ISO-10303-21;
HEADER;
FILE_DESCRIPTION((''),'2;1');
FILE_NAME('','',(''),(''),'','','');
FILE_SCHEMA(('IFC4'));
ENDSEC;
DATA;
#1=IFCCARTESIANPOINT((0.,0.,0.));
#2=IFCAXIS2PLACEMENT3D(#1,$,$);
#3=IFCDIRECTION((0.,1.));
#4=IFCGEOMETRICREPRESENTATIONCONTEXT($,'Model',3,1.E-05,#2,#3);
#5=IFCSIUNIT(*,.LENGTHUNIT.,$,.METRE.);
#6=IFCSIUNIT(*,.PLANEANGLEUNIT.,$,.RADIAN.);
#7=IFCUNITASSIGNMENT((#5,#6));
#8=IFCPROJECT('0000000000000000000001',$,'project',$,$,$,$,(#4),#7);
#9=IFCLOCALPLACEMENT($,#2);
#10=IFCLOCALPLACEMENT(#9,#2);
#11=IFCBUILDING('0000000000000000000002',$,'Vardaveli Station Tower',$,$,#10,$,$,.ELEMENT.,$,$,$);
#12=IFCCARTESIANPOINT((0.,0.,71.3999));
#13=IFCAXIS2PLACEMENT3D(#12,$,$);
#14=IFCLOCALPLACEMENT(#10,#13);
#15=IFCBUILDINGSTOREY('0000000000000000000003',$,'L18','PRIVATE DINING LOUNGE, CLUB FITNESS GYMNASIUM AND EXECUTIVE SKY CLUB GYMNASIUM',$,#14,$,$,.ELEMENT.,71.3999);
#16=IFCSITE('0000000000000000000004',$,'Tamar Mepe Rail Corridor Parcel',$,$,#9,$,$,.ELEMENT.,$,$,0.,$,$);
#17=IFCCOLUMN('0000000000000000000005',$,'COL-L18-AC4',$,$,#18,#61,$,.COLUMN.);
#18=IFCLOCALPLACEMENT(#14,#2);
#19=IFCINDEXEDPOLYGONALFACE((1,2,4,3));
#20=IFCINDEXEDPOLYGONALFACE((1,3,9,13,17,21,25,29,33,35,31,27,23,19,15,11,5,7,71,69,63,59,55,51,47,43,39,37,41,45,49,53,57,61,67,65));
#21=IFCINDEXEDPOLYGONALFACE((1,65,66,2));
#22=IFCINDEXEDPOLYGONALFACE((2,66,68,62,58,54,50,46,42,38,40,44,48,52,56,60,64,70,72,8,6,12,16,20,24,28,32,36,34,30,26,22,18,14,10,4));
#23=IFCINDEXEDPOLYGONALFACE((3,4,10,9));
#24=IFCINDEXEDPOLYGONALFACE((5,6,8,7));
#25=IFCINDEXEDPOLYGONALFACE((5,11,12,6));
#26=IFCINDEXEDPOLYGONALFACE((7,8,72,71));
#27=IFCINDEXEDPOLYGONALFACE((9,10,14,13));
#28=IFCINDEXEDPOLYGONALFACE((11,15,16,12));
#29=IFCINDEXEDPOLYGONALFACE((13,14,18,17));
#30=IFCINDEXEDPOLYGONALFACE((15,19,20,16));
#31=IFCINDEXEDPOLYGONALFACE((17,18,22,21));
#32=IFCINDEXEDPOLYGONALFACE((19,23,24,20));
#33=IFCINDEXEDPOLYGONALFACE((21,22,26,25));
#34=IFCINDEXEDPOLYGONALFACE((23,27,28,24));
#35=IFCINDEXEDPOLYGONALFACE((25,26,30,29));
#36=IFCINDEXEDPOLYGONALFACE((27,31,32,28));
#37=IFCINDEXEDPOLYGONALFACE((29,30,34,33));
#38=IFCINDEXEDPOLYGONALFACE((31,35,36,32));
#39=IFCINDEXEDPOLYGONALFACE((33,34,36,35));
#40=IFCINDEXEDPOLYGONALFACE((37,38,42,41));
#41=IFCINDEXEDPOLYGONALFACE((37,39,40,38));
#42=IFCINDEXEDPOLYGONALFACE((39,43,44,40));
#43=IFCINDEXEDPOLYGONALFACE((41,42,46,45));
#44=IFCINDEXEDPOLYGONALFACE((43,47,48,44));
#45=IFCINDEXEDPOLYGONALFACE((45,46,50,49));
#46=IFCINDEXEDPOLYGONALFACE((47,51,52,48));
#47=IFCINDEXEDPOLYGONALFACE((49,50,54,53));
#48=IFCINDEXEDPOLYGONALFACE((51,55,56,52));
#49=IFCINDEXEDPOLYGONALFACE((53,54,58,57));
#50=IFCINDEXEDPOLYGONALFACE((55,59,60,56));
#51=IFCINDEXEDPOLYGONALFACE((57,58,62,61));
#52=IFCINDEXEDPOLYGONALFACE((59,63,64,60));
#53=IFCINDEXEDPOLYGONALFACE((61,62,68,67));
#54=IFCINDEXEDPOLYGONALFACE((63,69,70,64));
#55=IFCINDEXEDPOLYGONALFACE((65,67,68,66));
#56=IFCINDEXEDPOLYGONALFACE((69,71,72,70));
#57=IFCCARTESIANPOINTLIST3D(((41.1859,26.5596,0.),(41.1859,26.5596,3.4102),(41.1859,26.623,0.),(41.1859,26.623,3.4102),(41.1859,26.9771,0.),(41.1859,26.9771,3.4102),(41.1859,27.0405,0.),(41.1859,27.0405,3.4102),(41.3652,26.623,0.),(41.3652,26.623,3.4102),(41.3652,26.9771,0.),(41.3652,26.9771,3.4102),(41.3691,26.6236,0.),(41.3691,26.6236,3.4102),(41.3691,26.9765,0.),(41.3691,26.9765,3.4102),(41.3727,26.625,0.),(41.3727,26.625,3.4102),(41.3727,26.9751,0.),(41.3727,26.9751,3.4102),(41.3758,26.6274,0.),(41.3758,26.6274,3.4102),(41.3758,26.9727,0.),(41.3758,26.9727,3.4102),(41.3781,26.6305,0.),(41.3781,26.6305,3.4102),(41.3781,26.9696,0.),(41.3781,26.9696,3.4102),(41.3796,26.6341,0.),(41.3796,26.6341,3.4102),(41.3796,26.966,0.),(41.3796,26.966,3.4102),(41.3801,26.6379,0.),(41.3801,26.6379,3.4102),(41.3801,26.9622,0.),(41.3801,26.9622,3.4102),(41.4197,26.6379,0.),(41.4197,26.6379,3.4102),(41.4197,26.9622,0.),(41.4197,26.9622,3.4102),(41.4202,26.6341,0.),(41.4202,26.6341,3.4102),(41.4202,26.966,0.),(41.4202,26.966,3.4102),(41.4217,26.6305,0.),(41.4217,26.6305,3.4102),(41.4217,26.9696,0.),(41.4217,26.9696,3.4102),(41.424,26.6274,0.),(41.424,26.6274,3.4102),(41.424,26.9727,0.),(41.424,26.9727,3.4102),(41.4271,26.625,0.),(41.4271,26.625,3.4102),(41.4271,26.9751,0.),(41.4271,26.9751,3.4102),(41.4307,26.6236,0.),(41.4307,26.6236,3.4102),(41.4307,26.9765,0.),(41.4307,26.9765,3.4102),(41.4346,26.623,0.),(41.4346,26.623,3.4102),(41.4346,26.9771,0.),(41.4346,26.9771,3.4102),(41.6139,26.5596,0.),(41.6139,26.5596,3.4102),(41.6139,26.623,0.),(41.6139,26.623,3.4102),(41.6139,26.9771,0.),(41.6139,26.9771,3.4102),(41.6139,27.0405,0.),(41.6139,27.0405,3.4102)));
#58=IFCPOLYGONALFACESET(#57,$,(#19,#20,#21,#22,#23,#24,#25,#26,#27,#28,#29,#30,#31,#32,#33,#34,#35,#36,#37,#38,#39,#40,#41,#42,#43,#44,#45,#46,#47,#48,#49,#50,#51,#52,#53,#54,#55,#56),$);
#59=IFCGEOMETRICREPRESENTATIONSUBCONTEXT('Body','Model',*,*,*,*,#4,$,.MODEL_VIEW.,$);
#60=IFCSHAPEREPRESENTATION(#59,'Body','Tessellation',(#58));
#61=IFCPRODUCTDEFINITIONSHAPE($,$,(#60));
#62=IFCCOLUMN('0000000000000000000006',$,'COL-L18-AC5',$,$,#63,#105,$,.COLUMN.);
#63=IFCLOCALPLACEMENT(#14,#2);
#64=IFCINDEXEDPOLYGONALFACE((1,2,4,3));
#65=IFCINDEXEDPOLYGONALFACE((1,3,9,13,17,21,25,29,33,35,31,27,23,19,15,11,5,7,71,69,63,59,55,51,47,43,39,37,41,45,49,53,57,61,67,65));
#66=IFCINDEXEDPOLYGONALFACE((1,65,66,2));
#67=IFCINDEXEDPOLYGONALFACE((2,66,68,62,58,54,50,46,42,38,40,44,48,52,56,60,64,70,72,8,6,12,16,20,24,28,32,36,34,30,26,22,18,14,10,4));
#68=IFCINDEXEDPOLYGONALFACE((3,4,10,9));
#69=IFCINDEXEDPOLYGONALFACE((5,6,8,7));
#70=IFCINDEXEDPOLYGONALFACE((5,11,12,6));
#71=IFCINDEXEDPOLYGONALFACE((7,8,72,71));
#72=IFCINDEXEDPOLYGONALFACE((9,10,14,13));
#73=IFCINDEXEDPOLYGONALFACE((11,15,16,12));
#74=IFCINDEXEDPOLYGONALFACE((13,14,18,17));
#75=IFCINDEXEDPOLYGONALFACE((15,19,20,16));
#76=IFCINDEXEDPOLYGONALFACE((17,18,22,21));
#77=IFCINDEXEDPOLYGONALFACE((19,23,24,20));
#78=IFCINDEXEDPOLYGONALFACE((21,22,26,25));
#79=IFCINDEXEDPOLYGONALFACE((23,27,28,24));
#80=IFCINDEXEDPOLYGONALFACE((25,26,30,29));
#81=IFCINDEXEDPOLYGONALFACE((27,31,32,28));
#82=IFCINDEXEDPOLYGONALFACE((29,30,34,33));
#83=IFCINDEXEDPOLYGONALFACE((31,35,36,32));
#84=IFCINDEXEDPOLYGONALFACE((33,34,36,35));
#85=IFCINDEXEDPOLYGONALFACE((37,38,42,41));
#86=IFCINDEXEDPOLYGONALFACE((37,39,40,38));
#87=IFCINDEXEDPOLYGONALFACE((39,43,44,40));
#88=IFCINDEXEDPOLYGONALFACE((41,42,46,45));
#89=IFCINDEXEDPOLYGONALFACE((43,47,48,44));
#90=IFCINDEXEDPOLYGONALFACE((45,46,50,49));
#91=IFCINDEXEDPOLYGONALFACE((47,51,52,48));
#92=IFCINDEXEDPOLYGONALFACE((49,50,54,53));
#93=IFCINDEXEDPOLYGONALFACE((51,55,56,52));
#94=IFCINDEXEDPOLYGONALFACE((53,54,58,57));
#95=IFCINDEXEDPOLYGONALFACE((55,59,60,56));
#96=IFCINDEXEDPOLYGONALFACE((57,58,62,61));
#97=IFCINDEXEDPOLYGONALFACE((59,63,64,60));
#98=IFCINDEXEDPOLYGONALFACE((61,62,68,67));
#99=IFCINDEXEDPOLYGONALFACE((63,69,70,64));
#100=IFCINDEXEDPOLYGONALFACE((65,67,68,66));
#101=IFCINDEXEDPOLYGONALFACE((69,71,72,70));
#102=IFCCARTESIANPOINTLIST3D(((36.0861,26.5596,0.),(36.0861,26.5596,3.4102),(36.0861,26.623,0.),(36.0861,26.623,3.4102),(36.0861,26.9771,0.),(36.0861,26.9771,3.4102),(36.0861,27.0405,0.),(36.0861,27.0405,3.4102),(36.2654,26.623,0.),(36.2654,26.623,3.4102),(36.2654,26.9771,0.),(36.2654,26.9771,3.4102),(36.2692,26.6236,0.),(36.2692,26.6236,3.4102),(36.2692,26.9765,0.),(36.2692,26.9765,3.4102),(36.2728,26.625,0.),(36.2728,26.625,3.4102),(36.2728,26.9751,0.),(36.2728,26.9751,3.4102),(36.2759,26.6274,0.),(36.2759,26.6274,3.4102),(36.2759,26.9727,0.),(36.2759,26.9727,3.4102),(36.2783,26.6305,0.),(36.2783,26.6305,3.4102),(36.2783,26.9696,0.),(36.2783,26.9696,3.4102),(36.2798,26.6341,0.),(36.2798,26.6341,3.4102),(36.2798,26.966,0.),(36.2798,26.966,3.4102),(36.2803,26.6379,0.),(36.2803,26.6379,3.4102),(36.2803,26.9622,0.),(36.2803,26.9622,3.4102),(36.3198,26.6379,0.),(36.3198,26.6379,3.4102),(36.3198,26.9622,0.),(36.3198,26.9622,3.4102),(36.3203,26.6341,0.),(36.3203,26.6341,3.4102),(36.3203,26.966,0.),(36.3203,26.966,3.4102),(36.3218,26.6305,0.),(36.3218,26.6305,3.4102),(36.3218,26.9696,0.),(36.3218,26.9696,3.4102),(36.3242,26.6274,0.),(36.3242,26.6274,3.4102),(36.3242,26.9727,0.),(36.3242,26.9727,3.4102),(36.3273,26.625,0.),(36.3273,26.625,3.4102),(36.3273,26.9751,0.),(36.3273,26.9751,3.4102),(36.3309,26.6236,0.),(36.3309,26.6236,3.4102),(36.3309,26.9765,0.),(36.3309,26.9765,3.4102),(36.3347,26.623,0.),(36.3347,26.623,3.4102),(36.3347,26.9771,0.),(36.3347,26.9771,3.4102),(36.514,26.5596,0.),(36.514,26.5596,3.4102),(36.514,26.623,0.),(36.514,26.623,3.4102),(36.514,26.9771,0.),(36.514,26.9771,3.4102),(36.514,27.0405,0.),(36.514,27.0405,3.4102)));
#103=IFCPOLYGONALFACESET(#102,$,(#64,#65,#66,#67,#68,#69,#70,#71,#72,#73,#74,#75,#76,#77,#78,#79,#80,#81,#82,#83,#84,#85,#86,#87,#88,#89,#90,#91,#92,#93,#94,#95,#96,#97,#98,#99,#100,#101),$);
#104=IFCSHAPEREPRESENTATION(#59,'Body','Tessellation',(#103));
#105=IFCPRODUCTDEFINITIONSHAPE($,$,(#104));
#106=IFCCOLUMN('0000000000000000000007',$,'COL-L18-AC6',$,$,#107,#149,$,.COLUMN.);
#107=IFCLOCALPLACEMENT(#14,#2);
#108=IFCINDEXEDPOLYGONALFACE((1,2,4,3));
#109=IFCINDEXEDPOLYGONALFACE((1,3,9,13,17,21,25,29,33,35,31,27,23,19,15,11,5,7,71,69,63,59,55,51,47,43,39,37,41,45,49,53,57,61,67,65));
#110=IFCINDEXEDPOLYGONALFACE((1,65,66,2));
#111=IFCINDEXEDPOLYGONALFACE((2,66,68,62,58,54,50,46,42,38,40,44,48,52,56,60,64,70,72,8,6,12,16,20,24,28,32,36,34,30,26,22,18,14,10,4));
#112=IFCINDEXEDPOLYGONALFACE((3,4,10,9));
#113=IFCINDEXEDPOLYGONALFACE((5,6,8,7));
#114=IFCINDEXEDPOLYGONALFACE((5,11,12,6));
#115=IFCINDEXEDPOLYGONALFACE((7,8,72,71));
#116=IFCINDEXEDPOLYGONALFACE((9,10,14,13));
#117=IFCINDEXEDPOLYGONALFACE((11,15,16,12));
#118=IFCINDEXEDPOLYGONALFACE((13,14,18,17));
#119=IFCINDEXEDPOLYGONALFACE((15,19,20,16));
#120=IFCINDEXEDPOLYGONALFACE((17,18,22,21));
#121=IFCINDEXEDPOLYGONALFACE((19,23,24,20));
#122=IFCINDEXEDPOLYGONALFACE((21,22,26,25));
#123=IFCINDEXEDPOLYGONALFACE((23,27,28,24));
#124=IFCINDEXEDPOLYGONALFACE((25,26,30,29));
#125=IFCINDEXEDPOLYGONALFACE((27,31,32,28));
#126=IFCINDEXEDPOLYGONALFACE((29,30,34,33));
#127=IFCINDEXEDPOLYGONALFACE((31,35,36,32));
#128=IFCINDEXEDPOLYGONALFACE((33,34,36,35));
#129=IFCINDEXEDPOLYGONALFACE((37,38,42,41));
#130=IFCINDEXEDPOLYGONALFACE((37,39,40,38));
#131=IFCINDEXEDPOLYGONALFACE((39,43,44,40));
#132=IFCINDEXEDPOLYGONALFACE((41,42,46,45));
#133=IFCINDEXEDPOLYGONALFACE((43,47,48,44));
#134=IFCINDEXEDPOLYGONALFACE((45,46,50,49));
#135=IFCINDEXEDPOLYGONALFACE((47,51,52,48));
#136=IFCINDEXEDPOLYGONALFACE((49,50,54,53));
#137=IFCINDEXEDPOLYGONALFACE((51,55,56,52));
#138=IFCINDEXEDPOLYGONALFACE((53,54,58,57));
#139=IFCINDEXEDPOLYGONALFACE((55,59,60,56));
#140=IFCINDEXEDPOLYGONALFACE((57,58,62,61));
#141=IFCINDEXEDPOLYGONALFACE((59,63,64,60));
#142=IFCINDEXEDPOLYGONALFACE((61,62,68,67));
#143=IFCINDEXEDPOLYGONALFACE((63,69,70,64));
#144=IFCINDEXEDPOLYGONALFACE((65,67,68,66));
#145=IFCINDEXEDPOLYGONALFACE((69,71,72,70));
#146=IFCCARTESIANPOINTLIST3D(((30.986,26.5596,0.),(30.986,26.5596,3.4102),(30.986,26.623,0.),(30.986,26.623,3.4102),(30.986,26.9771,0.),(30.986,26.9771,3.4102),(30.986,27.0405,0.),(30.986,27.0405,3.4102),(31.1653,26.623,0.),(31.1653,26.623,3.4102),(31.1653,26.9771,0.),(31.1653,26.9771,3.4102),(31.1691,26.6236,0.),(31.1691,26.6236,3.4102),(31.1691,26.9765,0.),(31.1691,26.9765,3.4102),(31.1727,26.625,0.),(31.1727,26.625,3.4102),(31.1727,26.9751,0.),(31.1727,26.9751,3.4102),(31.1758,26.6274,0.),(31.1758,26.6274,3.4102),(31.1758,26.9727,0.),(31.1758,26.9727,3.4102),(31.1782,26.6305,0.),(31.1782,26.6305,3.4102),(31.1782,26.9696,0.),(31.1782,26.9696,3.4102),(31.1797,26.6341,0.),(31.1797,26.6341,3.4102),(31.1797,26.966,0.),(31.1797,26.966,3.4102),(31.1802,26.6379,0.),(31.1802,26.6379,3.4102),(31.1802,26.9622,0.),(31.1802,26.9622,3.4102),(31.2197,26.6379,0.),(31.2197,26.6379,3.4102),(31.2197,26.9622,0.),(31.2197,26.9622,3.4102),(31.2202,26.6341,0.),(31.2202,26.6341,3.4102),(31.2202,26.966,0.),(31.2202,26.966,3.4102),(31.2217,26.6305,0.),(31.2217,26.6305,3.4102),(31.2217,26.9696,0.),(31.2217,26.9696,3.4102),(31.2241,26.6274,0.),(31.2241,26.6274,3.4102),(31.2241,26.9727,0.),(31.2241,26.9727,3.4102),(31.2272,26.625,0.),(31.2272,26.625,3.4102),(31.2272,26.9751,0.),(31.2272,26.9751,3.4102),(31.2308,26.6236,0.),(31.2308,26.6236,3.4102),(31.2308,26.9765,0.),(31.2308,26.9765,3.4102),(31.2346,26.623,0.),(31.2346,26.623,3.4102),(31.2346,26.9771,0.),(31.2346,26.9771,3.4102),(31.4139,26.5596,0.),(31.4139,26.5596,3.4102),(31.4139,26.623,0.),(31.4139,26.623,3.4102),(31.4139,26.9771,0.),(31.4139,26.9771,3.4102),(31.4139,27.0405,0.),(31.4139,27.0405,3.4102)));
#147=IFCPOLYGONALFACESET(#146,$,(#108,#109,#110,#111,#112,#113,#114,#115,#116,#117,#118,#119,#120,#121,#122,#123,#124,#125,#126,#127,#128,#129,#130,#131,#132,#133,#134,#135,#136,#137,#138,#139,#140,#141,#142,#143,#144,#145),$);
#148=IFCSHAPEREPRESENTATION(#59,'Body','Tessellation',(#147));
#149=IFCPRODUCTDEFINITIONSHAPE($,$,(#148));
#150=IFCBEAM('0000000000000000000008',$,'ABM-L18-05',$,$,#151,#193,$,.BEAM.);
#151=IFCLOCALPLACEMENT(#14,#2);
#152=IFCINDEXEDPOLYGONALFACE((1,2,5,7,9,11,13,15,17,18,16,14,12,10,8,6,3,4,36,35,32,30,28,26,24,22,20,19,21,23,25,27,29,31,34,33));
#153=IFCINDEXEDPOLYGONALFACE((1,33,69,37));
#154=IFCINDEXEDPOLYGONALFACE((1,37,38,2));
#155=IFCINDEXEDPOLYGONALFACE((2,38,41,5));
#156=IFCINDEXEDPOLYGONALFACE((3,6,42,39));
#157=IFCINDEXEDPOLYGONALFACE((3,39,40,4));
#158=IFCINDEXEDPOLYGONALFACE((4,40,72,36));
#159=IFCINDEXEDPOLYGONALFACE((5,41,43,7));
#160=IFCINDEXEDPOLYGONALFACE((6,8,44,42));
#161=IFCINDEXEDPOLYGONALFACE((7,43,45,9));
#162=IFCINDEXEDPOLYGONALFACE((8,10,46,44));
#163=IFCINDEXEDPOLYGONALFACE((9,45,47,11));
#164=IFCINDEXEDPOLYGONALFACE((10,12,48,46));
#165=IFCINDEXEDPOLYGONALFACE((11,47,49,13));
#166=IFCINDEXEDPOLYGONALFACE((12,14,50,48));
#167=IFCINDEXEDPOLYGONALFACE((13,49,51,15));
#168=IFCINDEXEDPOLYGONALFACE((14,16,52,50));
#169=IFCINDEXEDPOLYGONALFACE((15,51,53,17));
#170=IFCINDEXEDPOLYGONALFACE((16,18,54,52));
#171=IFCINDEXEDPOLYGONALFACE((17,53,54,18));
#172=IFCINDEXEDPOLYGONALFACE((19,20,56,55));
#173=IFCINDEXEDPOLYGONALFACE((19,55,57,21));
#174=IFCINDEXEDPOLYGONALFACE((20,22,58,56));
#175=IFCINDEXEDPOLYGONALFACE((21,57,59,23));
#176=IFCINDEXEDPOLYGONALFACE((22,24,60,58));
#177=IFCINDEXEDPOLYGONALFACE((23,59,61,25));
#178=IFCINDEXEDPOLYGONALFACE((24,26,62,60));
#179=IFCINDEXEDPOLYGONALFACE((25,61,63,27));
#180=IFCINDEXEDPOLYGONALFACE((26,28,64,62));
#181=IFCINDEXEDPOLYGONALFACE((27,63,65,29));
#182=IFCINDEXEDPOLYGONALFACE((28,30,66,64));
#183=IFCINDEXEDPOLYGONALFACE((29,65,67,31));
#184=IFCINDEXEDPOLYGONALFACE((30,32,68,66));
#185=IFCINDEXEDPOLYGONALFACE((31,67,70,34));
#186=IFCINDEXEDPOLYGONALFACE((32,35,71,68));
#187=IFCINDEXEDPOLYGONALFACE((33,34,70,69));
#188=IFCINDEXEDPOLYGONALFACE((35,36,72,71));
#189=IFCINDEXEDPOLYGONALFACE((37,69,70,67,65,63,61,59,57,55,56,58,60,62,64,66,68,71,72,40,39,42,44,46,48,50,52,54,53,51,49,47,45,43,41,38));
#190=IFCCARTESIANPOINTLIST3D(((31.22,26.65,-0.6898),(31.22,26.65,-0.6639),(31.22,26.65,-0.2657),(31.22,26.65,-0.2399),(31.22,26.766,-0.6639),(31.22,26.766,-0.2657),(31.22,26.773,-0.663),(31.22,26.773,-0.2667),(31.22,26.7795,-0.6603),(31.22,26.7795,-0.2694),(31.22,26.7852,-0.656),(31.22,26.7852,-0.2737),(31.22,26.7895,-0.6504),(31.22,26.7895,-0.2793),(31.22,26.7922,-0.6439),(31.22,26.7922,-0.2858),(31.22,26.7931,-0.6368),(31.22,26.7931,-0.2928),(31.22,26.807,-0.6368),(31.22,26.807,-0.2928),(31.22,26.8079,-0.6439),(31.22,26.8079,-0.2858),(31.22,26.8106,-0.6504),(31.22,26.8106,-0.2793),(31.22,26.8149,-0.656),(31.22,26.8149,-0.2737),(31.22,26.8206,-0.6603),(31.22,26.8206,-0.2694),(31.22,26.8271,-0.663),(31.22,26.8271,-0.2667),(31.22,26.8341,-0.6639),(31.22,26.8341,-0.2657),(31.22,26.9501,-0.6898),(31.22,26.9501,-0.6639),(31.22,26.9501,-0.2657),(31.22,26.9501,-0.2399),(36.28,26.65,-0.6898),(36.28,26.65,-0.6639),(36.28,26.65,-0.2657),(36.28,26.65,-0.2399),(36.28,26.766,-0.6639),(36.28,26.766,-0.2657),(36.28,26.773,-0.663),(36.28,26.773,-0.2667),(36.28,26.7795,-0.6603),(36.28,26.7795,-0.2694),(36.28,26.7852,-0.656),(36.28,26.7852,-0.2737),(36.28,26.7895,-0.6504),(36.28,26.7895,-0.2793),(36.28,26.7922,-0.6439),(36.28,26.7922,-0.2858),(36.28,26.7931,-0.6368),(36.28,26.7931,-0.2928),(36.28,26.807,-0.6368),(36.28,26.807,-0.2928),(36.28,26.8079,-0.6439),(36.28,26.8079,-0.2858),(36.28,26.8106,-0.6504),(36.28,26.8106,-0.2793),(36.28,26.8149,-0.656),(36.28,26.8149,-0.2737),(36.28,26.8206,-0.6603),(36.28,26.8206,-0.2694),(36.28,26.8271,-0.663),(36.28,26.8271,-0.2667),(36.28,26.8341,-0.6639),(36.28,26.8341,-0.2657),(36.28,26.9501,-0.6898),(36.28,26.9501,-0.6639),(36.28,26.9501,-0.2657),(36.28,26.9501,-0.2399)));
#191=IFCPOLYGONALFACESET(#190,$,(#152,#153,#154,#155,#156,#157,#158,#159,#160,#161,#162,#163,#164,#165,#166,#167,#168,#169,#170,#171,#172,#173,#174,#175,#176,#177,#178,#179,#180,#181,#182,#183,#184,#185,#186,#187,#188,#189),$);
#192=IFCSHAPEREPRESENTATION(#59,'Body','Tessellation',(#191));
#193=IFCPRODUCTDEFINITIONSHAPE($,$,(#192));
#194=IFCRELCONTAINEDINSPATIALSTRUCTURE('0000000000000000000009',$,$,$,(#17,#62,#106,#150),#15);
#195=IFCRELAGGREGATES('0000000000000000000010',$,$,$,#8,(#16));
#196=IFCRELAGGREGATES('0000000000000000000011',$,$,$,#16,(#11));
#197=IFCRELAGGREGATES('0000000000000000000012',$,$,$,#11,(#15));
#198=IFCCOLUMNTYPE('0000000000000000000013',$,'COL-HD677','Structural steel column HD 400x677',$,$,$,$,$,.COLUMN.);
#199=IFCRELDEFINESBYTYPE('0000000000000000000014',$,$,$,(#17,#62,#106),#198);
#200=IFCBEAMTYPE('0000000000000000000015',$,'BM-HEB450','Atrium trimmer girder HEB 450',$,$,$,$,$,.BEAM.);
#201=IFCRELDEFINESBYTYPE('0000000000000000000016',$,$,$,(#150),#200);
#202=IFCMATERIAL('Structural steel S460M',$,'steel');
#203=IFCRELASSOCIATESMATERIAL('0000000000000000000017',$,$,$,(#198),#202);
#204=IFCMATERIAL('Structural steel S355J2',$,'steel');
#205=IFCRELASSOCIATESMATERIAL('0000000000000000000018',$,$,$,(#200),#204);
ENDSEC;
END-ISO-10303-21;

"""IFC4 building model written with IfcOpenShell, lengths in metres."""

from ifc_helpers import new_model, si_unit, direction, frame, origin, origin_2d, place, context, subcontext, project, spatial, i_section, extrude, source, transform, mapped, material, material_profile, profile_set, type_object, element, save


model = new_model("IFC4")

# Units and contexts
model_context = context("Model", 3, precision=1e-05, world=origin(), true_north=direction((0.0, 1.0)))
body_context = subcontext(model_context, "Body", "Model", "MODEL_VIEW")
ifc_project = project(units=[si_unit("LENGTHUNIT", "METRE"), si_unit("PLANEANGLEUNIT", "RADIAN")], contexts=[model_context])

# Site, building, storey
site_placement = place(None, origin())
site = spatial("IfcSite", under=ifc_project, at=site_placement, Name="Tamar Mepe Rail Corridor Parcel", CompositionType="ELEMENT", RefElevation=0.0)
building_placement = place(site_placement, origin())
building = spatial("IfcBuilding", under=site, at=building_placement, Name="Vardaveli Station Tower", CompositionType="ELEMENT")
storey_placement = place(building_placement, frame((0.0, 0.0, 71.3999)))
storey = spatial("IfcBuildingStorey", under=building, at=storey_placement, Name="L18", Description="PRIVATE DINING LOUNGE, CLUB FITNESS GYMNASIUM AND EXECUTIVE SKY CLUB GYMNASIUM", CompositionType="ELEMENT", Elevation=71.3999)

# Columns
ifc_material_1 = material(Name="Structural steel S460M", Category="steel")
ifc_material_profile_1 = material_profile(ifc_material_1, i_section(OverallWidth=0.428, OverallDepth=0.481, WebThickness=0.0396, FlangeThickness=0.0635, FilletRadius=0.0149, at=origin_2d()), Name="HD 400x677")
ifc_profile_set_1 = profile_set([ifc_material_profile_1], Name="Structural steel S460M")
column_type = type_object("IfcColumnType", Name="COL-HD677", Description="Structural steel column HD 400x677", PredefinedType="COLUMN", material=ifc_profile_set_1)
shared_shape_1 = source(origin(), body_context, "Body", "SweptSolid", [
    extrude(i_section(OverallWidth=0.428, OverallDepth=0.481, WebThickness=0.0396, FlangeThickness=0.0635, FilletRadius=0.0149, at=origin_2d()), origin(), (0.0, 0.0, 1.0), 3.4102),
])
for number, where, z_axis, x_axis, name in (
    (1, (41.3999, 26.8, 0.0), (0.0, 0.0, 1.0), (1.0, 0.0, 0.0), "COL-L18-AC4"),
    (2, (36.3, 26.8, 0.0), (0.0, 0.0, 1.0), (1.0, 0.0, 0.0), "COL-L18-AC5"),
    (3, (31.2, 26.8, 0.0), (0.0, 0.0, 1.0), (1.0, 0.0, 0.0), "COL-L18-AC6"),
):
    element("IfcColumn", number, at=place(storey_placement, frame(where, z_axis=z_axis, x_axis=x_axis)), inside=storey, type_object=column_type, Name=name, PredefinedType="COLUMN", context=body_context, shape_type="MappedRepresentation", body=[
        mapped(shared_shape_1, transform((0.0, 0.0, 0.0), scale=1.0)),
    ])

# Beam
ifc_material_2 = material(Name="Structural steel S355J2", Category="steel")
ifc_material_profile_2 = material_profile(ifc_material_2, i_section(OverallWidth=0.3, OverallDepth=0.45, WebThickness=0.0139, FlangeThickness=0.0259, FilletRadius=0.0271, at=origin_2d()), Name="HEB 450")
ifc_profile_set_2 = profile_set([ifc_material_profile_2], Name="Structural steel S355J2")
beam_type_1 = type_object("IfcBeamType", Name="BM-HEB450", Description="Atrium trimmer girder HEB 450", PredefinedType="BEAM", material=ifc_profile_set_2)
shared_shape_2 = source(origin(), body_context, "Body", "SweptSolid", [
    extrude(i_section(OverallWidth=0.3, OverallDepth=0.45, WebThickness=0.0139, FlangeThickness=0.0259, FilletRadius=0.0271, at=origin_2d()), origin(), (0.0, 0.0, 1.0), 5.0601),
])
beam_1_placement = place(storey_placement, frame((36.28, 26.8, -0.4648), z_axis=(-1.0, 0.0, 0.0), x_axis=(0.0, -1.0, 0.0)))
element("IfcBeam", 4, at=beam_1_placement, inside=storey, type_object=beam_type_1, Name="ABM-L18-05", PredefinedType="BEAM", context=body_context, shape_type="MappedRepresentation", body=[
    mapped(shared_shape_2, transform((0.0, 0.0, 0.0), scale=1.0)),
])

save(model, "model.ifc")
